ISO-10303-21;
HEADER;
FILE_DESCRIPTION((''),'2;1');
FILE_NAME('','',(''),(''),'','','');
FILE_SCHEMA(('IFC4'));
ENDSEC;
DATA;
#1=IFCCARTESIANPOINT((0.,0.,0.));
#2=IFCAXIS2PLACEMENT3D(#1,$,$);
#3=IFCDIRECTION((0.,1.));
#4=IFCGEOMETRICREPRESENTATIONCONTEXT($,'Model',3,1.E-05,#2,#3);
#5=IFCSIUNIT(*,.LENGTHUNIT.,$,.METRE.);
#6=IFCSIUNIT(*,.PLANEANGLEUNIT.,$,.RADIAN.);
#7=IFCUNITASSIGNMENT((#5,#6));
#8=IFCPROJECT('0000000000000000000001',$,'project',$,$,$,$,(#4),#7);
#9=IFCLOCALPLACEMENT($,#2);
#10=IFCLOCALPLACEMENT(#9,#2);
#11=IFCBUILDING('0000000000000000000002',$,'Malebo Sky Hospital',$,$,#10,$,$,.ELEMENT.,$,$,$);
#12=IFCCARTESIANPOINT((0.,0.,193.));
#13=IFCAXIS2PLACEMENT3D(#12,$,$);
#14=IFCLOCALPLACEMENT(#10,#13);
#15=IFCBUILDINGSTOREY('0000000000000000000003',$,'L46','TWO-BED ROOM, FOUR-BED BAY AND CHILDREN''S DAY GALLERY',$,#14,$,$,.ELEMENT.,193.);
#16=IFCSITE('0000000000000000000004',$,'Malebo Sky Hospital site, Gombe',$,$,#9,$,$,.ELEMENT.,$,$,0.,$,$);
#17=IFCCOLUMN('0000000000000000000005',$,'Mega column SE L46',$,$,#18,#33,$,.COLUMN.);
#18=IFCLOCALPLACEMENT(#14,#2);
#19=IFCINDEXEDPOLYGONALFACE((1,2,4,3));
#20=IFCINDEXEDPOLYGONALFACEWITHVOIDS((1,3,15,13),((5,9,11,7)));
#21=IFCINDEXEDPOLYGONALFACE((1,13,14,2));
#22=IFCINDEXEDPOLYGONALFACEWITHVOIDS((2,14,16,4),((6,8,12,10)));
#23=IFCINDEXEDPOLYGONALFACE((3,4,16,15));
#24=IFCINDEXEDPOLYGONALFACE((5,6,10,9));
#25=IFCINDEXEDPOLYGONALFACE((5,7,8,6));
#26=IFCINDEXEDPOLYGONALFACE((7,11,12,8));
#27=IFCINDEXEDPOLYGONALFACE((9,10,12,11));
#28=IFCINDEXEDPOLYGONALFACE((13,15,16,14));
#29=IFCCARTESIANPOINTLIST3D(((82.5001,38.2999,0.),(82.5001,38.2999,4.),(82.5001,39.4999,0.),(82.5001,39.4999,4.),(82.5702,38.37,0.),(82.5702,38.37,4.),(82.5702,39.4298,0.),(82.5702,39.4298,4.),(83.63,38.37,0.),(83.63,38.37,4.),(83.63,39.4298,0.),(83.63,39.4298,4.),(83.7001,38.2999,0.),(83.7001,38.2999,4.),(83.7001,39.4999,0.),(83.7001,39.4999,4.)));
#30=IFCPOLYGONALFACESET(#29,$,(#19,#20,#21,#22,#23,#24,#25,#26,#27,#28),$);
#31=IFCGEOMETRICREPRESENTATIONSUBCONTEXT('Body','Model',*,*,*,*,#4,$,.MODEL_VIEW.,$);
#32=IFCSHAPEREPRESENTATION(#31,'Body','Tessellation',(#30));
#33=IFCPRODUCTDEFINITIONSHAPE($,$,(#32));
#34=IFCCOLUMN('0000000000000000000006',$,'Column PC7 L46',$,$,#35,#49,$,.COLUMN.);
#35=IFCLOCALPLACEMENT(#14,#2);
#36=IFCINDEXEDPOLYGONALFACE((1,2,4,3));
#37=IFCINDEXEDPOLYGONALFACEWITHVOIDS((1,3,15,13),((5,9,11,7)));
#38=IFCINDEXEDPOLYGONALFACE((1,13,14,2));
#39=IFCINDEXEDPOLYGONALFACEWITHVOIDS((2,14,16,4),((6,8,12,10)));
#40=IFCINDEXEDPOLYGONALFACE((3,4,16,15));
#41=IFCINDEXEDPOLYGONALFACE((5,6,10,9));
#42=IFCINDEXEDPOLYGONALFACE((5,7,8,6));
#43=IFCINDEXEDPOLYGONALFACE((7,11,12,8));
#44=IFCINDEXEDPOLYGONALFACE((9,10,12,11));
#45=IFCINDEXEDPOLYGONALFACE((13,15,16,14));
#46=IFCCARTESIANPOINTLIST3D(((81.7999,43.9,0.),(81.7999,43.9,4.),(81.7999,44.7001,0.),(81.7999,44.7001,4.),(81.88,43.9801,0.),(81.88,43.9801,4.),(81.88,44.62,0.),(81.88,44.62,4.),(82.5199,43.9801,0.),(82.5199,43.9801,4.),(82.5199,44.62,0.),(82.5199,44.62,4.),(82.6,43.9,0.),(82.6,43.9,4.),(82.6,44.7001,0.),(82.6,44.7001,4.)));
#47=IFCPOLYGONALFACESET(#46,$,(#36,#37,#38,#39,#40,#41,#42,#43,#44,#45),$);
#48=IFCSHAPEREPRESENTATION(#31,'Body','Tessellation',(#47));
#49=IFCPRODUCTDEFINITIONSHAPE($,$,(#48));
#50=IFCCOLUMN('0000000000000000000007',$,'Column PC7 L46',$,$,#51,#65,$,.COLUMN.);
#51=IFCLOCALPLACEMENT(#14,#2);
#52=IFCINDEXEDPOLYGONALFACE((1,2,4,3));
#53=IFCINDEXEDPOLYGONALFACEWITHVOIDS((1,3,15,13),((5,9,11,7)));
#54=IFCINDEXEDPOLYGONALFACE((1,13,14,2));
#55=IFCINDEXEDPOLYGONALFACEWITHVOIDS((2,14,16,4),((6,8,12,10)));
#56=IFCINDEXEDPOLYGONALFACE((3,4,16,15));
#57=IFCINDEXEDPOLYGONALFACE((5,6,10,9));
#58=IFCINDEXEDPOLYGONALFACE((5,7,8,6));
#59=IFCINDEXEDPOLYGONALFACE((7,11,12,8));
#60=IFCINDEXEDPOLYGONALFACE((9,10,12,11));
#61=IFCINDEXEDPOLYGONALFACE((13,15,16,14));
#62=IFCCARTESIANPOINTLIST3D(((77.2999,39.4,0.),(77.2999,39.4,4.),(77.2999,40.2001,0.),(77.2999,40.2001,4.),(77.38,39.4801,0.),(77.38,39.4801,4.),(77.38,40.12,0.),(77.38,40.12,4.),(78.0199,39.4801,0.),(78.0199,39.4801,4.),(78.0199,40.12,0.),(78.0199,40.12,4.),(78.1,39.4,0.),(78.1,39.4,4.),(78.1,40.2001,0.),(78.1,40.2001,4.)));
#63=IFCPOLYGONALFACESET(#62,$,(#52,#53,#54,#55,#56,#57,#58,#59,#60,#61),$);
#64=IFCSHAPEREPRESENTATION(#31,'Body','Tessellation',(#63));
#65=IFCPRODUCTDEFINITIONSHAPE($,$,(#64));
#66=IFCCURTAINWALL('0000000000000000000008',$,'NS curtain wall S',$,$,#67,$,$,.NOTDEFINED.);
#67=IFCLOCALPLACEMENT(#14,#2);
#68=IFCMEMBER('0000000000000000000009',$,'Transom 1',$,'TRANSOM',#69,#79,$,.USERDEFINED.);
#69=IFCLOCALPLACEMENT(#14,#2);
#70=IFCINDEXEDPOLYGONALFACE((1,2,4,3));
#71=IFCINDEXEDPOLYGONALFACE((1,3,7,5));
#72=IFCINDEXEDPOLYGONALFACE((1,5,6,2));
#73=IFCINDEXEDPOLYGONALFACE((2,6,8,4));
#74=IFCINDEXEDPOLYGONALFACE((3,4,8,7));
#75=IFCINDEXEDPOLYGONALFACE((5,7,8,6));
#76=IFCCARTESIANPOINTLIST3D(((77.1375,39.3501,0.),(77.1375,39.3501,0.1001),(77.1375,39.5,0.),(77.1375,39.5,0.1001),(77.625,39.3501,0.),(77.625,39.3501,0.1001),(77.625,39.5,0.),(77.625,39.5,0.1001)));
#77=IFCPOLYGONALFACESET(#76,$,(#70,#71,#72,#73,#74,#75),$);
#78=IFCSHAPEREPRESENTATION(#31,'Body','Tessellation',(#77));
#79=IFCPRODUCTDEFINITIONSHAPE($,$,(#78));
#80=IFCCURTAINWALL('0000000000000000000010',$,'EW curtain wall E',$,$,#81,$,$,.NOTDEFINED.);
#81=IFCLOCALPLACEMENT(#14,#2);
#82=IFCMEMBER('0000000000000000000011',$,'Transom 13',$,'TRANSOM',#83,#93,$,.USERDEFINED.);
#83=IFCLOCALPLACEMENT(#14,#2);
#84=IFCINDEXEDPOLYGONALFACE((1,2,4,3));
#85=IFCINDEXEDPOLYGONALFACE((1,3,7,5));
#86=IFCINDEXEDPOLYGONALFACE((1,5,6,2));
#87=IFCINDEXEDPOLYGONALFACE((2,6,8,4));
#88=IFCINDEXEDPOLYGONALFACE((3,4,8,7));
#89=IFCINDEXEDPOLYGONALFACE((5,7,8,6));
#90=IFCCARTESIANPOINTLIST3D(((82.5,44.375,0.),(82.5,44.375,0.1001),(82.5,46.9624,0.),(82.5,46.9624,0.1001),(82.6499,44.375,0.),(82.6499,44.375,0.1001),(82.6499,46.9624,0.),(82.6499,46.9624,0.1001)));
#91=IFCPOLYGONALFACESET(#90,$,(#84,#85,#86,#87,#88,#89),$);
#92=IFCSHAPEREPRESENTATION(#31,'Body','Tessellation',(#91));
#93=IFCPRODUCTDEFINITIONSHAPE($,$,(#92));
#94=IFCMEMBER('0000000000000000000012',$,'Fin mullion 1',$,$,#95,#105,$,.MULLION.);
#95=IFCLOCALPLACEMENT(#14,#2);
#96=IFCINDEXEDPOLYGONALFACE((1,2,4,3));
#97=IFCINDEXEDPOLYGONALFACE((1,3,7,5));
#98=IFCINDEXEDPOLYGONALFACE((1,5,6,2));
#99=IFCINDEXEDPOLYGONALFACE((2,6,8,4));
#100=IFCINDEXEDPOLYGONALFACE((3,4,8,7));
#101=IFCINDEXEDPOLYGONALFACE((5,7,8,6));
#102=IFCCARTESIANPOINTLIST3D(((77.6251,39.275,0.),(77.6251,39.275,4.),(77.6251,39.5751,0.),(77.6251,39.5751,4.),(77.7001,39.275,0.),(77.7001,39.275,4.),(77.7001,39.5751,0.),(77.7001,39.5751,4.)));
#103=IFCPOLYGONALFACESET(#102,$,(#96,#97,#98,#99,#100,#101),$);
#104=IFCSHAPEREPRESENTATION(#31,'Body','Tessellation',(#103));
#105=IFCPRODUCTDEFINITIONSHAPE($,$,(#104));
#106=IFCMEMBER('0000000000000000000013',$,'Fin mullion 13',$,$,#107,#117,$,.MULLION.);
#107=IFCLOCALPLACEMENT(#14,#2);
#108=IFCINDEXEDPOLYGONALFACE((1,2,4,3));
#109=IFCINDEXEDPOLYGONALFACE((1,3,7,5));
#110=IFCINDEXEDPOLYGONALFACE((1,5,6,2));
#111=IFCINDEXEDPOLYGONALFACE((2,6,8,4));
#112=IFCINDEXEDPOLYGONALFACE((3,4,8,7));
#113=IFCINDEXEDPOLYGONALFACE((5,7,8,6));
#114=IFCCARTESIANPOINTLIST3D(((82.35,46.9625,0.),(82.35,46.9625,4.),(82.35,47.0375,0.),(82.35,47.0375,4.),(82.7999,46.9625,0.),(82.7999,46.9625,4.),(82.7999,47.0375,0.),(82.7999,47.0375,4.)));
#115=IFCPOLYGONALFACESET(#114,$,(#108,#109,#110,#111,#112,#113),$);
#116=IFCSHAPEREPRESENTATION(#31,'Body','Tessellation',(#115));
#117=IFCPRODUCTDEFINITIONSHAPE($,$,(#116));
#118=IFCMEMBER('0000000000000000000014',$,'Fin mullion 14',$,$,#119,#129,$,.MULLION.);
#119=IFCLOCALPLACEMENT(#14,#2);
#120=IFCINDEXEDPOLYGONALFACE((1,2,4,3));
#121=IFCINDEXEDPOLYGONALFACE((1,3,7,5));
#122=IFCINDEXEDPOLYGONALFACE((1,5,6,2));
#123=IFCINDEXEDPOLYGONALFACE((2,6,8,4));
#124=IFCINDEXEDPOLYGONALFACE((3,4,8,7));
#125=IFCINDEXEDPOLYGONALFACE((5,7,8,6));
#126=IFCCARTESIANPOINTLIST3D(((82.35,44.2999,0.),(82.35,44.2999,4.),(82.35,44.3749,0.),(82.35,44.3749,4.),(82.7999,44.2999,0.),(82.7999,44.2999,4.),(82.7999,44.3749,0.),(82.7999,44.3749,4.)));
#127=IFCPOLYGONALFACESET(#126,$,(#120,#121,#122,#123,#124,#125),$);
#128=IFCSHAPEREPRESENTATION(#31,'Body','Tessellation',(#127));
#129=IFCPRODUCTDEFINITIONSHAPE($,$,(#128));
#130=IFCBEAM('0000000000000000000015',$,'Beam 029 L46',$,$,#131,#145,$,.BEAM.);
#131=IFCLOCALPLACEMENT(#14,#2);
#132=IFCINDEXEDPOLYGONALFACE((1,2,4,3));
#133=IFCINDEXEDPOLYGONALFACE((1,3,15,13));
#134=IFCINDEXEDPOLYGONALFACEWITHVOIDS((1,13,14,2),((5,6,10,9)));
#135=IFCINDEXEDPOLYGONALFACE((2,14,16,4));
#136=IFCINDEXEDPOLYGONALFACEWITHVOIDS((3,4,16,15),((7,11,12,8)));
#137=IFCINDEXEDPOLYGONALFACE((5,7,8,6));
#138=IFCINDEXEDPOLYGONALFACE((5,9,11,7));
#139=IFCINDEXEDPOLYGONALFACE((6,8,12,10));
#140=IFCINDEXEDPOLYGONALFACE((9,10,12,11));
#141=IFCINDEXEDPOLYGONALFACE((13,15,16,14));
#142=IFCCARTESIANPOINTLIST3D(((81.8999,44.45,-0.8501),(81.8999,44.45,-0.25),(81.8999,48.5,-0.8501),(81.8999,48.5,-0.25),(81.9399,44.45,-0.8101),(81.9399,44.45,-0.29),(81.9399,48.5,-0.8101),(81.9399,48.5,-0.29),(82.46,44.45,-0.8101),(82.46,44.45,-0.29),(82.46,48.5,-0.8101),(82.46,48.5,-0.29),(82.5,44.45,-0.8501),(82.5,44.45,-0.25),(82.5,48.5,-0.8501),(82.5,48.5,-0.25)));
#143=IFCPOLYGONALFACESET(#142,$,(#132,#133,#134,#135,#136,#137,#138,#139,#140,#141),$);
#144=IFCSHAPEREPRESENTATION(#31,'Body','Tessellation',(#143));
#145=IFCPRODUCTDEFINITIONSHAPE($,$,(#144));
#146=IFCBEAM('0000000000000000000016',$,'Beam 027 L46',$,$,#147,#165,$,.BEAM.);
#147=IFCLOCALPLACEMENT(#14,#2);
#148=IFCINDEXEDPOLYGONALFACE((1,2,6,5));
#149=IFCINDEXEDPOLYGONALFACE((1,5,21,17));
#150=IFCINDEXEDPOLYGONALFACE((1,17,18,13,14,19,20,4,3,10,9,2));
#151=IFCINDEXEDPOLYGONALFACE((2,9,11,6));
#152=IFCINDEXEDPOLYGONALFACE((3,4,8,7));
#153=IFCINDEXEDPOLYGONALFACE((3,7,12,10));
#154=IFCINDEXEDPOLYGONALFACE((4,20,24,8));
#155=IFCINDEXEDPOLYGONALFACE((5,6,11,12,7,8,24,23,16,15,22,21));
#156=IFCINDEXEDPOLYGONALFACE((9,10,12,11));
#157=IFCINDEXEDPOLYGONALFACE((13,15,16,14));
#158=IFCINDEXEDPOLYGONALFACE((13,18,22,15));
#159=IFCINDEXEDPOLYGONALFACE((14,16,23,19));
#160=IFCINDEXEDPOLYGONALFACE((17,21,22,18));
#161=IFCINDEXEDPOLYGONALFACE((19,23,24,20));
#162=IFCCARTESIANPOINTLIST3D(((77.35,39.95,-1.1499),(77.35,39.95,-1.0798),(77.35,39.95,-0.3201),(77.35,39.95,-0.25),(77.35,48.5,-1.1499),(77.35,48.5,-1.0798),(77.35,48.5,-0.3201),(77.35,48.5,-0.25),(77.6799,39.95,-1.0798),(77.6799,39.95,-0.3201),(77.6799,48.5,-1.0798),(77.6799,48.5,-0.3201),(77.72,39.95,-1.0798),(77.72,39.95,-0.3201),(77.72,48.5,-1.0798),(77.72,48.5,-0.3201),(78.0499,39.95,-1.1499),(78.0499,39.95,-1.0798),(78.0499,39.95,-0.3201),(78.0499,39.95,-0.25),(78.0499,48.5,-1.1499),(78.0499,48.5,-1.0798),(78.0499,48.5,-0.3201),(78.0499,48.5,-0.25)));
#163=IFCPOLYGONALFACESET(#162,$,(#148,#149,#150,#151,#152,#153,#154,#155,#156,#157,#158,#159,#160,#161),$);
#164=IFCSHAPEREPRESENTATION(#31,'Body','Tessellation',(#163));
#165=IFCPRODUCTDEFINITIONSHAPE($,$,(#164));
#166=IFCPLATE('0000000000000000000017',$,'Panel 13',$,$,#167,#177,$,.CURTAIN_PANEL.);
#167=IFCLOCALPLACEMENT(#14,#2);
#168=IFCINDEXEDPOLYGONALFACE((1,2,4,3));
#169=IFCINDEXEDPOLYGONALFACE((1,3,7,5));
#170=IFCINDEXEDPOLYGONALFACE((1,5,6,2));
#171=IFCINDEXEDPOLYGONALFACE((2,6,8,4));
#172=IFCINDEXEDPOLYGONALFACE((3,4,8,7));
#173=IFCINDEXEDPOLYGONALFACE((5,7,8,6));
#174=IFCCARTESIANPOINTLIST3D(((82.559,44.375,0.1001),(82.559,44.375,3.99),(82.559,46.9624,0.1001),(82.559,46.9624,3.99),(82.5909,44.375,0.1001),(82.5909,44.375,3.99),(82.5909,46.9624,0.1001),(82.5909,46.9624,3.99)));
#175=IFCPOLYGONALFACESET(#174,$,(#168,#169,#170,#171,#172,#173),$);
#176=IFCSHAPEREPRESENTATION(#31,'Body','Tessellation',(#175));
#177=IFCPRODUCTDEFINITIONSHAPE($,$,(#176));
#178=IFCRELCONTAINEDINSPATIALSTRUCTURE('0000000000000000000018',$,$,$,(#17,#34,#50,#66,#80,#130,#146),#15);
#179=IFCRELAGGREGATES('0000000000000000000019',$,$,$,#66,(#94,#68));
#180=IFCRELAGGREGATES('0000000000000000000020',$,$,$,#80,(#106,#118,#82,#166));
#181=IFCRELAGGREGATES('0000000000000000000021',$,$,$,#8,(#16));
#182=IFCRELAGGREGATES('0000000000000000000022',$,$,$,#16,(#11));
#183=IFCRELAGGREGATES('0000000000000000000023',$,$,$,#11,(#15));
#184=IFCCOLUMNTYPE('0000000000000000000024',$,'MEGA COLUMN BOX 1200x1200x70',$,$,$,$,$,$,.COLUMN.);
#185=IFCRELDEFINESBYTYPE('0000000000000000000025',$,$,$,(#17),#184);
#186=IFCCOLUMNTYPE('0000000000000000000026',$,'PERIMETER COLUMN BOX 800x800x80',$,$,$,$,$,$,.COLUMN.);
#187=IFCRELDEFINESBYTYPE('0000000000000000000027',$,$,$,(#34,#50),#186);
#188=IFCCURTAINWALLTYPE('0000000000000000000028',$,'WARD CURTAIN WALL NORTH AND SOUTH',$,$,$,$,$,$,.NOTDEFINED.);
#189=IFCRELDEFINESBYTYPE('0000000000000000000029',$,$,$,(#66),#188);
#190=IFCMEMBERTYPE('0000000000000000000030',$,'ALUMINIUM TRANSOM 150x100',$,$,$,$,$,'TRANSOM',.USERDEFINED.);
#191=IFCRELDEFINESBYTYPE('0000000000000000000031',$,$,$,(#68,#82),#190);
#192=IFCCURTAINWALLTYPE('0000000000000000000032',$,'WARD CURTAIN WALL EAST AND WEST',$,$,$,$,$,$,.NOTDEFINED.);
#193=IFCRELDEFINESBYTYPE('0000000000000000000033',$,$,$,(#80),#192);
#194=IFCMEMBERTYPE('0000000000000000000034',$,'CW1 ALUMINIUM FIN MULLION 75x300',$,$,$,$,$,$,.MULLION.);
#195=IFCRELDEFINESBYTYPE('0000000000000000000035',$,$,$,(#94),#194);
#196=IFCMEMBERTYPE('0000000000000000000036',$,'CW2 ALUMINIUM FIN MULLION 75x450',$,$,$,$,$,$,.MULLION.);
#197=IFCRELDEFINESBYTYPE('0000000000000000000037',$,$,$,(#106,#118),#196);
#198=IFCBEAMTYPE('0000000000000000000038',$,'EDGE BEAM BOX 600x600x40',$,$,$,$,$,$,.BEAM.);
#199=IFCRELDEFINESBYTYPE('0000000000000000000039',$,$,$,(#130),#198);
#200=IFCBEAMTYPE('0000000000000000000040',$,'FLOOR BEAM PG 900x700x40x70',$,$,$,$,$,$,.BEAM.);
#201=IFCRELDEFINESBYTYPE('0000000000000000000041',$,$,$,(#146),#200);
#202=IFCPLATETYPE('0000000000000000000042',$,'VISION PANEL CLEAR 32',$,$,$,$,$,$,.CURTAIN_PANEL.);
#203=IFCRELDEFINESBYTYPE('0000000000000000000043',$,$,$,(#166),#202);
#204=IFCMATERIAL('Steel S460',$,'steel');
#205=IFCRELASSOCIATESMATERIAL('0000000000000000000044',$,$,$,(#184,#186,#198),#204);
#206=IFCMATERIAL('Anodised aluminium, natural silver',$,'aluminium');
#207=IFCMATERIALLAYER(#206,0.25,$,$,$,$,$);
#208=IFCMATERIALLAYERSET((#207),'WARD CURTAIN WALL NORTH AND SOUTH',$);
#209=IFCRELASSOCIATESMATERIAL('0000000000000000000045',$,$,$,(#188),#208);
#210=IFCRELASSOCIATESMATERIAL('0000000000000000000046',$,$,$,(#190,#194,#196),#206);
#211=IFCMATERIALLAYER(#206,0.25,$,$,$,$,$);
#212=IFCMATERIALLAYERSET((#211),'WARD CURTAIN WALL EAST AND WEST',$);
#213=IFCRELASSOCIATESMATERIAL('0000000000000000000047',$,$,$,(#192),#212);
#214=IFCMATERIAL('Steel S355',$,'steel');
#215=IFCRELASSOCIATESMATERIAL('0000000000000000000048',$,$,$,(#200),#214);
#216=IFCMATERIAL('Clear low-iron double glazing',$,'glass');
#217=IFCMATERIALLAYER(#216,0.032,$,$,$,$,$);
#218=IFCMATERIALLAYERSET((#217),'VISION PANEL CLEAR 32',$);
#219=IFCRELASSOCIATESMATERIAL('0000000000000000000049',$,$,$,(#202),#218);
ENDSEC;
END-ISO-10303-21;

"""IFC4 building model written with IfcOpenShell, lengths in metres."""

from ifc_helpers import new_model, si_unit, direction, frame, origin, origin_2d, place, context, subcontext, project, spatial, rectangle, hollow_rectangle, i_section, extrude, material, layer, layer_set, material_profile, profile_set, type_object, element, aggregate, save


model = new_model("IFC4")

# Units and contexts
model_context = context("Model", 3, precision=1e-05, world=origin(), true_north=direction((0.0, 1.0)))
body_context = subcontext(model_context, "Body", "Model", "MODEL_VIEW")
ifc_project = project(units=[si_unit("LENGTHUNIT", "METRE"), si_unit("PLANEANGLEUNIT", "RADIAN")], contexts=[model_context])

# Site, building, storey
site_placement = place(None, origin())
site = spatial("IfcSite", under=ifc_project, at=site_placement, Name="Malebo Sky Hospital site, Gombe", CompositionType="ELEMENT", RefElevation=0.0)
building_placement = place(site_placement, origin())
building = spatial("IfcBuilding", under=site, at=building_placement, Name="Malebo Sky Hospital", CompositionType="ELEMENT")
storey_placement = place(building_placement, frame((0.0, 0.0, 193.0)))
storey = spatial("IfcBuildingStorey", under=building, at=storey_placement, Name="L46", Description="TWO-BED ROOM, FOUR-BED BAY AND CHILDREN'S DAY GALLERY", CompositionType="ELEMENT", Elevation=193.0)

# Columns
ifc_material_1 = material(Name="Steel S460", Category="steel")
ifc_material_profile_1 = material_profile(ifc_material_1, hollow_rectangle(XDim=1.2, YDim=1.2, WallThickness=0.0701, at=origin_2d()), Name="BOX 1200x1200x70")
ifc_profile_set_1 = profile_set([ifc_material_profile_1], Name="Steel S460")
column_type_1 = type_object("IfcColumnType", Name="MEGA COLUMN BOX 1200x1200x70", PredefinedType="COLUMN", material=ifc_profile_set_1)
column_placement = place(storey_placement, frame((83.1001, 38.8999, 0.0), z_axis=(0.0, 0.0, 1.0), x_axis=(1.0, 0.0, 0.0)))
element("IfcColumn", 1, at=column_placement, inside=storey, type_object=column_type_1, Name="Mega column SE L46", PredefinedType="COLUMN", context=body_context, shape_type="SweptSolid", body=[
    extrude(hollow_rectangle(XDim=1.2, YDim=1.2, WallThickness=0.0701, at=origin_2d()), origin(), (0.0, 0.0, 1.0), 4.0),
])
ifc_material_profile_2 = material_profile(ifc_material_1, hollow_rectangle(XDim=0.8, YDim=0.8, WallThickness=0.0801, at=origin_2d()), Name="BOX 800x800x80")
ifc_profile_set_2 = profile_set([ifc_material_profile_2], Name="Steel S460")
column_type_2 = type_object("IfcColumnType", Name="PERIMETER COLUMN BOX 800x800x80", PredefinedType="COLUMN", material=ifc_profile_set_2)
for number, where, z_axis, x_axis, name in (
    (2, (82.2, 44.3, 0.0), (0.0, 0.0, 1.0), (1.0, 0.0, 0.0), "Column PC7 L46"),
    (3, (77.7, 39.8, 0.0), (0.0, 0.0, 1.0), (1.0, 0.0, 0.0), "Column PC7 L46"),
):
    element("IfcColumn", number, at=place(storey_placement, frame(where, z_axis=z_axis, x_axis=x_axis)), inside=storey, type_object=column_type_2, Name=name, PredefinedType="COLUMN", context=body_context, shape_type="SweptSolid", body=[
        extrude(hollow_rectangle(XDim=0.8, YDim=0.8, WallThickness=0.0801, at=origin_2d()), origin(), (0.0, 0.0, 1.0), 4.0),
    ])

# Curtain walls, members
ifc_material_2 = material(Name="Anodised aluminium, natural silver", Category="aluminium")
ifc_layer_1 = layer(ifc_material_2, 0.25)
ifc_layer_set_1 = layer_set([ifc_layer_1], Name="WARD CURTAIN WALL NORTH AND SOUTH")
curtain_wall_type_1 = type_object("IfcCurtainWallType", Name="WARD CURTAIN WALL NORTH AND SOUTH", PredefinedType="NOTDEFINED", material=ifc_layer_set_1)
curtain_wall_1_placement = place(storey_placement, origin())
curtain_wall_1 = element("IfcCurtainWall", 4, at=curtain_wall_1_placement, inside=storey, type_object=curtain_wall_type_1, Name="NS curtain wall S", PredefinedType="NOTDEFINED")
ifc_material_profile_3 = material_profile(ifc_material_2, rectangle(XDim=0.1499, YDim=0.1001, at=origin_2d()), Name="ALUMINIUM TRANSOM 150x100")
ifc_profile_set_3 = profile_set([ifc_material_profile_3], Name="Anodised aluminium, natural silver")
member_type_1 = type_object("IfcMemberType", Name="ALUMINIUM TRANSOM 150x100", ElementType="TRANSOM", PredefinedType="USERDEFINED", material=ifc_profile_set_3)
member_1_placement = place(storey_placement, frame((77.625, 39.425, 0.05), z_axis=(-1.0, 0.0, 0.0), x_axis=(0.0, -1.0, 0.0)))
member_1 = element("IfcMember", 5, at=member_1_placement, type_object=member_type_1, Name="Transom 1", ObjectType="TRANSOM", PredefinedType="USERDEFINED", context=body_context, shape_type="SweptSolid", body=[
    extrude(rectangle(XDim=0.1499, YDim=0.1001, at=origin_2d()), origin(), (0.0, 0.0, 1.0), 0.4875),
])
ifc_layer_2 = layer(ifc_material_2, 0.25)
ifc_layer_set_2 = layer_set([ifc_layer_2], Name="WARD CURTAIN WALL EAST AND WEST")
curtain_wall_type_2 = type_object("IfcCurtainWallType", Name="WARD CURTAIN WALL EAST AND WEST", PredefinedType="NOTDEFINED", material=ifc_layer_set_2)
curtain_wall_2_placement = place(storey_placement, origin())
curtain_wall_2 = element("IfcCurtainWall", 6, at=curtain_wall_2_placement, inside=storey, type_object=curtain_wall_type_2, Name="EW curtain wall E", PredefinedType="NOTDEFINED")
member_2_placement = place(storey_placement, frame((82.575, 46.9624, 0.05), z_axis=(0.0, -1.0, 0.0), x_axis=(1.0, 0.0, 0.0)))
member_2 = element("IfcMember", 7, at=member_2_placement, type_object=member_type_1, Name="Transom 13", ObjectType="TRANSOM", PredefinedType="USERDEFINED", context=body_context, shape_type="SweptSolid", body=[
    extrude(rectangle(XDim=0.1499, YDim=0.1001, at=origin_2d()), origin(), (0.0, 0.0, 1.0), 2.5874),
])

# Members
ifc_material_profile_4 = material_profile(ifc_material_2, rectangle(XDim=0.075, YDim=0.3, at=origin_2d()), Name="CW1 ALUMINIUM FIN MULLION 75x300")
ifc_profile_set_4 = profile_set([ifc_material_profile_4], Name="Anodised aluminium, natural silver")
member_type_2 = type_object("IfcMemberType", Name="CW1 ALUMINIUM FIN MULLION 75x300", PredefinedType="MULLION", material=ifc_profile_set_4)
member_3_placement = place(storey_placement, frame((77.6626, 39.425, 0.0), z_axis=(0.0, 0.0, 1.0), x_axis=(-1.0, 0.0, 0.0)))
member_3 = element("IfcMember", 8, at=member_3_placement, type_object=member_type_2, Name="Fin mullion 1", PredefinedType="MULLION", context=body_context, shape_type="SweptSolid", body=[
    extrude(rectangle(XDim=0.075, YDim=0.3, at=origin_2d()), origin(), (0.0, 0.0, 1.0), 4.0),
])
aggregate(curtain_wall_1, [member_3, member_1])
ifc_material_profile_5 = material_profile(ifc_material_2, rectangle(XDim=0.075, YDim=0.45, at=origin_2d()), Name="CW2 ALUMINIUM FIN MULLION 75x450")
ifc_profile_set_5 = profile_set([ifc_material_profile_5], Name="Anodised aluminium, natural silver")
member_type_3 = type_object("IfcMemberType", Name="CW2 ALUMINIUM FIN MULLION 75x450", PredefinedType="MULLION", material=ifc_profile_set_5)
member_4_placement = place(storey_placement, frame((82.575, 47.0, 0.0), z_axis=(0.0, 0.0, 1.0), x_axis=(0.0, -1.0, 0.0)))
member_4 = element("IfcMember", 9, at=member_4_placement, type_object=member_type_3, Name="Fin mullion 13", PredefinedType="MULLION", context=body_context, shape_type="SweptSolid", body=[
    extrude(rectangle(XDim=0.075, YDim=0.45, at=origin_2d()), origin(), (0.0, 0.0, 1.0), 4.0),
])
member_5_placement = place(storey_placement, frame((82.575, 44.3374, 0.0), z_axis=(0.0, 0.0, 1.0), x_axis=(0.0, -1.0, 0.0)))
member_5 = element("IfcMember", 10, at=member_5_placement, type_object=member_type_3, Name="Fin mullion 14", PredefinedType="MULLION", context=body_context, shape_type="SweptSolid", body=[
    extrude(rectangle(XDim=0.075, YDim=0.45, at=origin_2d()), origin(), (0.0, 0.0, 1.0), 4.0),
])

# Beams
ifc_material_profile_6 = material_profile(ifc_material_1, hollow_rectangle(XDim=0.6001, YDim=0.6001, WallThickness=0.04, at=origin_2d()), Name="BOX 600x600x40")
ifc_profile_set_6 = profile_set([ifc_material_profile_6], Name="Steel S460")
beam_type_1 = type_object("IfcBeamType", Name="EDGE BEAM BOX 600x600x40", PredefinedType="BEAM", material=ifc_profile_set_6)
beam_1_placement = place(storey_placement, frame((82.2, 44.45, -0.55), z_axis=(0.0, 1.0, 0.0), x_axis=(-1.0, 0.0, 0.0)))
element("IfcBeam", 11, at=beam_1_placement, inside=storey, type_object=beam_type_1, Name="Beam 029 L46", PredefinedType="BEAM", context=body_context, shape_type="SweptSolid", body=[
    extrude(hollow_rectangle(XDim=0.6001, YDim=0.6001, WallThickness=0.04, at=origin_2d()), origin(), (0.0, 0.0, 1.0), 4.05),
])
ifc_material_3 = material(Name="Steel S355", Category="steel")
ifc_material_profile_7 = material_profile(ifc_material_3, i_section(OverallWidth=0.7, OverallDepth=0.8999, WebThickness=0.04, FlangeThickness=0.0701, at=origin_2d()), Name="PG 900x700x40x70")
ifc_profile_set_7 = profile_set([ifc_material_profile_7], Name="Steel S355")
beam_type_2 = type_object("IfcBeamType", Name="FLOOR BEAM PG 900x700x40x70", PredefinedType="BEAM", material=ifc_profile_set_7)
beam_2_placement = place(storey_placement, frame((77.7, 39.95, -0.7), z_axis=(0.0, 1.0, 0.0), x_axis=(-1.0, 0.0, 0.0)))
element("IfcBeam", 12, at=beam_2_placement, inside=storey, type_object=beam_type_2, Name="Beam 027 L46", PredefinedType="BEAM", context=body_context, shape_type="SweptSolid", body=[
    extrude(i_section(OverallWidth=0.7, OverallDepth=0.8999, WebThickness=0.04, FlangeThickness=0.0701, at=origin_2d()), origin(), (0.0, 0.0, 1.0), 8.55),
])

# Plate
ifc_material_4 = material(Name="Clear low-iron double glazing", Category="glass")
ifc_layer_3 = layer(ifc_material_4, 0.032)
ifc_layer_set_3 = layer_set([ifc_layer_3], Name="VISION PANEL CLEAR 32")
plate_type = type_object("IfcPlateType", Name="VISION PANEL CLEAR 32", PredefinedType="CURTAIN_PANEL", material=ifc_layer_set_3)
plate_placement = place(storey_placement, frame((82.575, 45.6687, 0.1001), z_axis=(0.0, 0.0, 1.0), x_axis=(0.0, -1.0, 0.0)))
plate = element("IfcPlate", 13, at=plate_placement, type_object=plate_type, Name="Panel 13", PredefinedType="CURTAIN_PANEL", context=body_context, shape_type="SweptSolid", body=[
    extrude(rectangle(XDim=2.5874, YDim=0.032, at=origin_2d()), origin(), (0.0, 0.0, 1.0), 3.8899),
])
aggregate(curtain_wall_2, [member_4, member_5, member_2, plate])

save(model, "model.ifc")
